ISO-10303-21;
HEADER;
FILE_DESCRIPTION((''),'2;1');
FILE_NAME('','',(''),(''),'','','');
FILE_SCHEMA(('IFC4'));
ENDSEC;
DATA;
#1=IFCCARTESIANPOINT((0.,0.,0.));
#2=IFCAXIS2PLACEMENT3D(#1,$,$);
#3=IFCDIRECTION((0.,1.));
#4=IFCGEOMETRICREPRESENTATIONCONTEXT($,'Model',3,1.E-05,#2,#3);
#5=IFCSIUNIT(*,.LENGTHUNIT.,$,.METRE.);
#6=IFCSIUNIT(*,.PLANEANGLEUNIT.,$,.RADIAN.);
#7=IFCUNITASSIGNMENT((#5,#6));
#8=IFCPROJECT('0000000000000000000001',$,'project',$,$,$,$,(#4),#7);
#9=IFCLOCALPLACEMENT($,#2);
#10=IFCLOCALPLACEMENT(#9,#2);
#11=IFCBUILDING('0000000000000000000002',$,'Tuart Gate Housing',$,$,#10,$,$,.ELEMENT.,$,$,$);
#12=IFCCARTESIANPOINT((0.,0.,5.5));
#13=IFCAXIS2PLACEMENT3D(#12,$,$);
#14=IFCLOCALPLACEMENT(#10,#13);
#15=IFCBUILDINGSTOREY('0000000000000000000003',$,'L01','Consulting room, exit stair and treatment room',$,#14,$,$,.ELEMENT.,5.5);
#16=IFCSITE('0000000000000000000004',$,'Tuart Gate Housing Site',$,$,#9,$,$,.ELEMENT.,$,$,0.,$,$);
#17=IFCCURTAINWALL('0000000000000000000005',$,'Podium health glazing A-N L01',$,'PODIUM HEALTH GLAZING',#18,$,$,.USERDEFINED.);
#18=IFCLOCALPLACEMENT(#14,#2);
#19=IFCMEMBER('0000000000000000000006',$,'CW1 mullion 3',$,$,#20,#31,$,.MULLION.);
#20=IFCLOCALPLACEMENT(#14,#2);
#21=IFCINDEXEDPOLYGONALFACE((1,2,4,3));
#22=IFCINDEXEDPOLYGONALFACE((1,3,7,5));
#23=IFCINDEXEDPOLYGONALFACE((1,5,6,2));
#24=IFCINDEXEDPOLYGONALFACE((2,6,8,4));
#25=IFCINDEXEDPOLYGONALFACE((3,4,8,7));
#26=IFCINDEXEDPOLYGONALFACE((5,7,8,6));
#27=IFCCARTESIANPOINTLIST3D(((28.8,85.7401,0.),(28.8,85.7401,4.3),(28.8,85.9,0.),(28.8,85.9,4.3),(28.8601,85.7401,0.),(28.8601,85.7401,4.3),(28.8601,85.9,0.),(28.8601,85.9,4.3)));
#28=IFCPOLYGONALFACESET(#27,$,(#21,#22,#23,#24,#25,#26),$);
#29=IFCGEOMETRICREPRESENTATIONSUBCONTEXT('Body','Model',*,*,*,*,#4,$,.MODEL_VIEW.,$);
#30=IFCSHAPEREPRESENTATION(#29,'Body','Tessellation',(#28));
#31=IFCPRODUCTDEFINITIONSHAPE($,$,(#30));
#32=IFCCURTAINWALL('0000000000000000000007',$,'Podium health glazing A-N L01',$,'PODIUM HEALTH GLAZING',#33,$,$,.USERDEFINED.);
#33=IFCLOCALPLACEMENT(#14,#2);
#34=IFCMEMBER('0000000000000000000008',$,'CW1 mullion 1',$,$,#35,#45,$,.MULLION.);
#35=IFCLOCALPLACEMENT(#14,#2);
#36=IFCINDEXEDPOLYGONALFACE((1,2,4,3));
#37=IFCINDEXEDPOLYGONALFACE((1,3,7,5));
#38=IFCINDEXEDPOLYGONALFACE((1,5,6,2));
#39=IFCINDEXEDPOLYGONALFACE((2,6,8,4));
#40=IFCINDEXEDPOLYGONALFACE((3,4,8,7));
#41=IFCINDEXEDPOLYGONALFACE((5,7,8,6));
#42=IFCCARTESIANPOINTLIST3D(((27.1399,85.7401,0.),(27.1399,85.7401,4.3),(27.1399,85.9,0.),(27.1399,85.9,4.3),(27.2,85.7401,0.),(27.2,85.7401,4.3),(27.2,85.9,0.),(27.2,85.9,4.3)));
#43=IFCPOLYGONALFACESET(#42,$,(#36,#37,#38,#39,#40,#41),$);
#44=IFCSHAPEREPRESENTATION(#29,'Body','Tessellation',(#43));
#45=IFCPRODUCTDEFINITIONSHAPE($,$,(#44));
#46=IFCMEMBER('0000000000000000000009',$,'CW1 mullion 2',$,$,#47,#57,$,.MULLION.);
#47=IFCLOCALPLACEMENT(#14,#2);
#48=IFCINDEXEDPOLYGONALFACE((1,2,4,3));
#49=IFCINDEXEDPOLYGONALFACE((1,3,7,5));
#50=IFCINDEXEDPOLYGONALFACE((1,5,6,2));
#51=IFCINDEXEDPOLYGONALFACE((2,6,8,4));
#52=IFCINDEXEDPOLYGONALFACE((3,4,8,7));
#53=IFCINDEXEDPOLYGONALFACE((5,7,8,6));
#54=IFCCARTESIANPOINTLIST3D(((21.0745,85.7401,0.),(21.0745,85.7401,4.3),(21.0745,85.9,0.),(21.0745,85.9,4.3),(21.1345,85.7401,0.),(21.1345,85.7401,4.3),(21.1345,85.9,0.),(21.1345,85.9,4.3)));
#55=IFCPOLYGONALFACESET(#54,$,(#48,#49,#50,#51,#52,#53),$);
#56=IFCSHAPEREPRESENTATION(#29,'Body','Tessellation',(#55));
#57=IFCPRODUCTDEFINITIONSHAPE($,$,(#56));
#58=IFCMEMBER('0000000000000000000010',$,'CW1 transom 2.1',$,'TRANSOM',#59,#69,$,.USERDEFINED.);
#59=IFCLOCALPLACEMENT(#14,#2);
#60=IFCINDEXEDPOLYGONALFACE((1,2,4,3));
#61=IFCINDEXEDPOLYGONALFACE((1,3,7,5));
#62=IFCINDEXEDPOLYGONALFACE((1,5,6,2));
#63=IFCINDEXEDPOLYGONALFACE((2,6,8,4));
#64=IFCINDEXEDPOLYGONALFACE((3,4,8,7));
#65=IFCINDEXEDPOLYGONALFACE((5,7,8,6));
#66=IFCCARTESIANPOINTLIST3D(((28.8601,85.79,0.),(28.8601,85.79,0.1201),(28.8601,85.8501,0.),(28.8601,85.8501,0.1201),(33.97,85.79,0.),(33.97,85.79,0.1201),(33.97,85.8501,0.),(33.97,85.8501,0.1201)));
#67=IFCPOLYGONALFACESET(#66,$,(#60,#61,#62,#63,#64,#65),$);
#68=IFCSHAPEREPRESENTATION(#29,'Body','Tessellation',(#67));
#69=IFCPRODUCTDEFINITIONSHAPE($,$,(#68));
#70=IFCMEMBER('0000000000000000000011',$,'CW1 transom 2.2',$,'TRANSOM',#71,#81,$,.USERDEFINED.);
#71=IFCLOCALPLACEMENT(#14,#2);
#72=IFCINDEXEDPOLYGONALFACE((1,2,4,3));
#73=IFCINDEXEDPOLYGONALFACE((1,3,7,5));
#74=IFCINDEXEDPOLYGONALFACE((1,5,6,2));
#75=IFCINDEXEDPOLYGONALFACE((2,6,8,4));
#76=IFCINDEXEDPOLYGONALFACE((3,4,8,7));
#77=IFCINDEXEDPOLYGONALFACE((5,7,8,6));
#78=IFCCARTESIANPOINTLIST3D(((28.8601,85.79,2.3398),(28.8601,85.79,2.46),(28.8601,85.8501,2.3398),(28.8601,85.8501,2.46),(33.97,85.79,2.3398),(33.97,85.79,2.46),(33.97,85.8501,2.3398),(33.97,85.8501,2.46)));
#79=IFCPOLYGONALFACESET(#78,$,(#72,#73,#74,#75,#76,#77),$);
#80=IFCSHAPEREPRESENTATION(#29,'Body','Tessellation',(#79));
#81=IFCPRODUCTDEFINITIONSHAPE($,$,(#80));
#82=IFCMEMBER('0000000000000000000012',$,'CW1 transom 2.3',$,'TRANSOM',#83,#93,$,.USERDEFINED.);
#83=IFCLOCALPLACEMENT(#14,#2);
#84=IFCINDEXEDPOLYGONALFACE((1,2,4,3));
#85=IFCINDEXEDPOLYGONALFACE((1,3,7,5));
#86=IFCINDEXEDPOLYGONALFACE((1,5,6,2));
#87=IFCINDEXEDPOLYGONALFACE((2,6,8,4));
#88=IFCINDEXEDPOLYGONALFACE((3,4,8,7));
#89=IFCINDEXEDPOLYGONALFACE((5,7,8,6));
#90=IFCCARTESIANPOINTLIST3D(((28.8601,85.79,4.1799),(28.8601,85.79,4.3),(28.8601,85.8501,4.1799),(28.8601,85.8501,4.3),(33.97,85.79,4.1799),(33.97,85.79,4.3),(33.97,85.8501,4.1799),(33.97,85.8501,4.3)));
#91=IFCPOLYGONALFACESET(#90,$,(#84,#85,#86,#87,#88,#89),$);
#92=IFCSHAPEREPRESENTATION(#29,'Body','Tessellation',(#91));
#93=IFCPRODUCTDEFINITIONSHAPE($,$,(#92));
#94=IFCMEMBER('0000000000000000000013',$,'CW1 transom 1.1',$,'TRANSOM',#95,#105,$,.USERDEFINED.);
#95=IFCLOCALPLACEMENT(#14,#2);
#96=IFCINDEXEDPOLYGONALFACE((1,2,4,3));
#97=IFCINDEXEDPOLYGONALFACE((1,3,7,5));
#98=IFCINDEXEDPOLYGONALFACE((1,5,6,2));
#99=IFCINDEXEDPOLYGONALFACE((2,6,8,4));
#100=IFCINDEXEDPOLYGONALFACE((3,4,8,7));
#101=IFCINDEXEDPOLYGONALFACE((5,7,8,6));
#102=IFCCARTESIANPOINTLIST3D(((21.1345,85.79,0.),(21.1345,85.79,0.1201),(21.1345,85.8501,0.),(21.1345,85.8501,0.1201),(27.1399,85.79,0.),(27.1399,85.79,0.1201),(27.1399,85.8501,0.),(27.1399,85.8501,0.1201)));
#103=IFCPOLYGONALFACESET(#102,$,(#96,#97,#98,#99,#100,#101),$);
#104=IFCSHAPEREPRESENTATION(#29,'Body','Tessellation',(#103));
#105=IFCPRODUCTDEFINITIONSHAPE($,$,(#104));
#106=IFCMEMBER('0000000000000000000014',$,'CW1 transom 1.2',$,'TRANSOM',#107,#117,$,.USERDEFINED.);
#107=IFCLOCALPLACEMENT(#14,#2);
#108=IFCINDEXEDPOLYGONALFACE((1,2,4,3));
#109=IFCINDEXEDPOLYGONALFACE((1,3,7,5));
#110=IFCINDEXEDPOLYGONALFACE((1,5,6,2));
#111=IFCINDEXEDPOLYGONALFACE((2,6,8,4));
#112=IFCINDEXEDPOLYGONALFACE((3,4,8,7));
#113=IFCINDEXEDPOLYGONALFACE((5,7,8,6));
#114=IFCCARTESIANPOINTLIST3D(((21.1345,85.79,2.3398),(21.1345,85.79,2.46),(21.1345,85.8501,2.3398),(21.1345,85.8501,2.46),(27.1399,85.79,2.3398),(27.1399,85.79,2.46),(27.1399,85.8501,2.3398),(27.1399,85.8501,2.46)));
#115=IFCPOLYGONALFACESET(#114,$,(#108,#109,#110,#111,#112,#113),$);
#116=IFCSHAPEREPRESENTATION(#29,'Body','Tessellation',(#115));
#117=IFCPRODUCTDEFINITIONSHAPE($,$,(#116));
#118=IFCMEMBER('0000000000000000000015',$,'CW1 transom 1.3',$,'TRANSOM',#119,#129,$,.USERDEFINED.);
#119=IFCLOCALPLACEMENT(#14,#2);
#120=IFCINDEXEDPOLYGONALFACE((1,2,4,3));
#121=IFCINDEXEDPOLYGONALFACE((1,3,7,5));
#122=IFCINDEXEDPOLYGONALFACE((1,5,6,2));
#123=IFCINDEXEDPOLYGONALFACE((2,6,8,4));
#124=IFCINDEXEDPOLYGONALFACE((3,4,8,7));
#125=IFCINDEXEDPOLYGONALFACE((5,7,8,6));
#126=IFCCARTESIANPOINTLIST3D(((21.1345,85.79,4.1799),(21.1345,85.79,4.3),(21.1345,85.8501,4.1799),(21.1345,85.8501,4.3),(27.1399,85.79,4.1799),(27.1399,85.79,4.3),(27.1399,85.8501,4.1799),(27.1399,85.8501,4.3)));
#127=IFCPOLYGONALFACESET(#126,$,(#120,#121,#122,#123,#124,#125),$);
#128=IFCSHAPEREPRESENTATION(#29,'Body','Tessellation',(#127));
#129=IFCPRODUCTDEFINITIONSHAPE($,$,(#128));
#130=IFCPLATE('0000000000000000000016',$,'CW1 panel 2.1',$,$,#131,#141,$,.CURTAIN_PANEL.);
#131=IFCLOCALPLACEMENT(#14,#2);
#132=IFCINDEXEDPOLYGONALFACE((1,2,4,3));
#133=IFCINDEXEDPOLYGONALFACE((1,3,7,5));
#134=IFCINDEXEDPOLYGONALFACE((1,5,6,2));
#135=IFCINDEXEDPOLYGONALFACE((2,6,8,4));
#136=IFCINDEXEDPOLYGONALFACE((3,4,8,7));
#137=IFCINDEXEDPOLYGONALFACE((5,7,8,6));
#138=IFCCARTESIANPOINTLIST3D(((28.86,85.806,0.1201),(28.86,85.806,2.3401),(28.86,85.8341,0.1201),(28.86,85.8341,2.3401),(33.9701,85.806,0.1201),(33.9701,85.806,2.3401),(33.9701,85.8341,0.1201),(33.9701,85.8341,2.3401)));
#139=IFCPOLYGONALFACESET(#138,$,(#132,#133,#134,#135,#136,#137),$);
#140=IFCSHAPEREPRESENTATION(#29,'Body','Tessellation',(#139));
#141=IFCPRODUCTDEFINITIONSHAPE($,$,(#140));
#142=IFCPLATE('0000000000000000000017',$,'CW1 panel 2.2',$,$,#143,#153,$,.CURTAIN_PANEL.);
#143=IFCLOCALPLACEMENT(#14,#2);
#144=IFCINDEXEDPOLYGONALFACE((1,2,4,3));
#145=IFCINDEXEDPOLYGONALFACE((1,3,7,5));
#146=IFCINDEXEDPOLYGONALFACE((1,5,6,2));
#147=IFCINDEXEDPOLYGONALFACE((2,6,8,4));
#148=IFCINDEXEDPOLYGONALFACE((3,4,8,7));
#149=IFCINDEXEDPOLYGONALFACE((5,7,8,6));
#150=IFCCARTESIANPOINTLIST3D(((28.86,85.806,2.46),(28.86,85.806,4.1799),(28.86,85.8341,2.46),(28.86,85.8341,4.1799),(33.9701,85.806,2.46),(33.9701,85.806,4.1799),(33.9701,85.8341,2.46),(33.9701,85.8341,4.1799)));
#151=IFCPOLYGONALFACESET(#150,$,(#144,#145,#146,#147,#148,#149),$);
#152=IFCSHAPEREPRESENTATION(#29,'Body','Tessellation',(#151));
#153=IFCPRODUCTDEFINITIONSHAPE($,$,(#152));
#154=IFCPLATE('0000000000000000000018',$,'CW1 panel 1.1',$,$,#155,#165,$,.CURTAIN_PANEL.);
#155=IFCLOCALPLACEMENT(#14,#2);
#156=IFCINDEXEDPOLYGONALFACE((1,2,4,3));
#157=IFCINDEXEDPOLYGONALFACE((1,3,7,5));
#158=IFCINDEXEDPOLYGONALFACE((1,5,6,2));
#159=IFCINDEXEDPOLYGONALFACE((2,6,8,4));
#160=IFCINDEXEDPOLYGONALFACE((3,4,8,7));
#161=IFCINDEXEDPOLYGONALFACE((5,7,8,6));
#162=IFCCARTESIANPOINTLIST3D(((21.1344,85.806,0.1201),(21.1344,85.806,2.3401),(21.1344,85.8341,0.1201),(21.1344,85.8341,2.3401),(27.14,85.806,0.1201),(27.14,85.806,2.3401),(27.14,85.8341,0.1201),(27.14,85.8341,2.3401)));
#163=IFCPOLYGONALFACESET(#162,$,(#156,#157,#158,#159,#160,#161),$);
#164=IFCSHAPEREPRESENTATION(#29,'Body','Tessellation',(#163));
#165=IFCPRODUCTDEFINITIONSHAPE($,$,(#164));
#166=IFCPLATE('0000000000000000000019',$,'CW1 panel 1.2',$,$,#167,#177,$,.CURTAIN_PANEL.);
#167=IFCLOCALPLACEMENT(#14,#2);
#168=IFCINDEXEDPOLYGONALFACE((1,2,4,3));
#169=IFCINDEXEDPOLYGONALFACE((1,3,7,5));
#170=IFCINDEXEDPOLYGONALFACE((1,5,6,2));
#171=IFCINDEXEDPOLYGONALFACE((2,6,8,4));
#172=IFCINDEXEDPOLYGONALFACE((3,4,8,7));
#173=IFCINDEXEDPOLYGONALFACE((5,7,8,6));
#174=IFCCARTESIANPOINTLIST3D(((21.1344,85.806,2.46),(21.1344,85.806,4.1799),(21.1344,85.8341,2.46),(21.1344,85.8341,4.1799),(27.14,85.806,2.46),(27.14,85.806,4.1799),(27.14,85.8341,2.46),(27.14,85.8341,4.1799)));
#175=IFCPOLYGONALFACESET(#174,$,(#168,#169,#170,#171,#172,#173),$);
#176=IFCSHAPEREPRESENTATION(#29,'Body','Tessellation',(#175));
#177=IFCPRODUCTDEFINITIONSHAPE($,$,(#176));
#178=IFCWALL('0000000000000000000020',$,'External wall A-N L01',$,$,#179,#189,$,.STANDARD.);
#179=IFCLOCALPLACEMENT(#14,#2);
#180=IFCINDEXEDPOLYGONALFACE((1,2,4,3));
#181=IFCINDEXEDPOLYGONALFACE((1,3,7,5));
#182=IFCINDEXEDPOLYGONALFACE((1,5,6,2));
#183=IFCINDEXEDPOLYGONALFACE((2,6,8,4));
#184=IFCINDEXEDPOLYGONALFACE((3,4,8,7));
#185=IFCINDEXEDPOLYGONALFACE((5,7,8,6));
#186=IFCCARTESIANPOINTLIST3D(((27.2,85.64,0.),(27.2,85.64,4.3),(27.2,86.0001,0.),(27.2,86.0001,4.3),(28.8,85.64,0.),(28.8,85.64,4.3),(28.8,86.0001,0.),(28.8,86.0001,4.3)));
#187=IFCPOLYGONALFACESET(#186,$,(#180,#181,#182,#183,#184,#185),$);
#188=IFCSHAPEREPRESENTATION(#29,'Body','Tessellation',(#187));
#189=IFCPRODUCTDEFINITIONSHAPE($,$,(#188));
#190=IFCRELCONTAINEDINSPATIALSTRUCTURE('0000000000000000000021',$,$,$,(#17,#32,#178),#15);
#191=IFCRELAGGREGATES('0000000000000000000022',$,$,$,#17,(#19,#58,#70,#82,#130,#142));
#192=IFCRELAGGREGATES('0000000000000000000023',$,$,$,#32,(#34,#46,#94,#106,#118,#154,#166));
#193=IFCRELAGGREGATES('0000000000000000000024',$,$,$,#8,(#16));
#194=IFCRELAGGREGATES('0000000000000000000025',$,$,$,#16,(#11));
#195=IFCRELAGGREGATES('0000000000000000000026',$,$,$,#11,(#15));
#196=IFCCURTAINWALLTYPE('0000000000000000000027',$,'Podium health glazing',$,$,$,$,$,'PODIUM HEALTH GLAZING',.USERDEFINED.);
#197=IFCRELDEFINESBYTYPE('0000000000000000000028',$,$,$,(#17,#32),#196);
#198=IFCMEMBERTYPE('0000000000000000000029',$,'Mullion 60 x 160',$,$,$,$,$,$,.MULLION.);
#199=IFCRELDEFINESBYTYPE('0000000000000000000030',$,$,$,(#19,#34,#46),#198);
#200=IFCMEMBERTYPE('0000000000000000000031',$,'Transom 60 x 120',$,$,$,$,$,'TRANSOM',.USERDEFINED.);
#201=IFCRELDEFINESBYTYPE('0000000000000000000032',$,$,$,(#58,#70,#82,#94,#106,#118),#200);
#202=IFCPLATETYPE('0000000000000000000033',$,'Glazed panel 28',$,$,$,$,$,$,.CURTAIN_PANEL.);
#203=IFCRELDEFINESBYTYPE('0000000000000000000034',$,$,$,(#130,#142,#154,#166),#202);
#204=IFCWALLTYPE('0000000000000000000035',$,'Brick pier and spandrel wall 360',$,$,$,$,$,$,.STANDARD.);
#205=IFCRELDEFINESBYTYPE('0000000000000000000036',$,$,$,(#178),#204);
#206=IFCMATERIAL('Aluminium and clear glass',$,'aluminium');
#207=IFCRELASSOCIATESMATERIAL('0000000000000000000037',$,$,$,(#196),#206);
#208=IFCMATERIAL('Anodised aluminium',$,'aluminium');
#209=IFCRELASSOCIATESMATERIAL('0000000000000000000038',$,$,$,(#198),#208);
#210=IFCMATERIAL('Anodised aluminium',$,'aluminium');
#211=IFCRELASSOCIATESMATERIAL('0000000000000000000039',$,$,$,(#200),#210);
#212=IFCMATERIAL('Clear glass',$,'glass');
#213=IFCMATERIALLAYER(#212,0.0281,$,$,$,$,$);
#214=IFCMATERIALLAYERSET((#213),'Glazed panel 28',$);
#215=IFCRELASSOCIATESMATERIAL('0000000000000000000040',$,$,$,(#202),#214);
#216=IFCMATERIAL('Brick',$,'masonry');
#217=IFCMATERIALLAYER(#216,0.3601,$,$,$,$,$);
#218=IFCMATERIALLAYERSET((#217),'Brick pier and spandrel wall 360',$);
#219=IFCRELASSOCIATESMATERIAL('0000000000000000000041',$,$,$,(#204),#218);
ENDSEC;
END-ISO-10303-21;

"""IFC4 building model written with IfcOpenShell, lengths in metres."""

from ifc_helpers import new_model, si_unit, direction, frame, frame_2d, origin, origin_2d, place, context, subcontext, project, spatial, rectangle, extrude, material, layer, layer_set, material_profile, profile_set, type_object, element, aggregate, save


model = new_model("IFC4")

# Units and contexts
model_context = context("Model", 3, precision=1e-05, world=origin(), true_north=direction((0.0, 1.0)))
body_context = subcontext(model_context, "Body", "Model", "MODEL_VIEW")
ifc_project = project(units=[si_unit("LENGTHUNIT", "METRE"), si_unit("PLANEANGLEUNIT", "RADIAN")], contexts=[model_context])

# Site, building, storey
site_placement = place(None, origin())
site = spatial("IfcSite", under=ifc_project, at=site_placement, Name="Tuart Gate Housing Site", CompositionType="ELEMENT", RefElevation=0.0)
building_placement = place(site_placement, origin())
building = spatial("IfcBuilding", under=site, at=building_placement, Name="Tuart Gate Housing", CompositionType="ELEMENT")
storey_placement = place(building_placement, frame((0.0, 0.0, 5.5)))
storey = spatial("IfcBuildingStorey", under=building, at=storey_placement, Name="L01", Description="Consulting room, exit stair and treatment room", CompositionType="ELEMENT", Elevation=5.5)

# Curtain wall, member
ifc_material_1 = material(Name="Aluminium and clear glass", Category="aluminium")
curtain_wall_type = type_object("IfcCurtainWallType", Name="Podium health glazing", ElementType="PODIUM HEALTH GLAZING", PredefinedType="USERDEFINED", material=ifc_material_1)
curtain_wall_1_placement = place(storey_placement, origin())
curtain_wall_1 = element("IfcCurtainWall", 1, at=curtain_wall_1_placement, inside=storey, type_object=curtain_wall_type, Name="Podium health glazing A-N L01", ObjectType="PODIUM HEALTH GLAZING", PredefinedType="USERDEFINED")
ifc_material_2 = material(Name="Anodised aluminium", Category="aluminium")
ifc_material_profile_1 = material_profile(ifc_material_2, rectangle(XDim=0.0601, YDim=0.1599, at=origin_2d()), Name="60x160")
ifc_profile_set_1 = profile_set([ifc_material_profile_1], Name="Anodised aluminium")
member_type_1 = type_object("IfcMemberType", Name="Mullion 60 x 160", PredefinedType="MULLION", material=ifc_profile_set_1)
member_1_placement = place(storey_placement, frame((28.8301, 85.8201, 0.0), z_axis=(0.0, 0.0, 1.0), x_axis=(-1.0, 0.0, 0.0)))
member_1 = element("IfcMember", 2, at=member_1_placement, type_object=member_type_1, Name="CW1 mullion 3", PredefinedType="MULLION", context=body_context, shape_type="SweptSolid", body=[
    extrude(rectangle(XDim=0.0601, YDim=0.1599, at=origin_2d()), origin(), (0.0, 0.0, 1.0), 4.3),
])

# Curtain wall, members
curtain_wall_2_placement = place(storey_placement, origin())
curtain_wall_2 = element("IfcCurtainWall", 3, at=curtain_wall_2_placement, inside=storey, type_object=curtain_wall_type, Name="Podium health glazing A-N L01", ObjectType="PODIUM HEALTH GLAZING", PredefinedType="USERDEFINED")
member_2_placement = place(storey_placement, frame((27.1699, 85.8201, 0.0), z_axis=(0.0, 0.0, 1.0), x_axis=(-1.0, 0.0, 0.0)))
member_2 = element("IfcMember", 4, at=member_2_placement, type_object=member_type_1, Name="CW1 mullion 1", PredefinedType="MULLION", context=body_context, shape_type="SweptSolid", body=[
    extrude(rectangle(XDim=0.0601, YDim=0.1599, at=origin_2d()), origin(), (0.0, 0.0, 1.0), 4.3),
])
member_3_placement = place(storey_placement, frame((21.1045, 85.8201, 0.0), z_axis=(0.0, 0.0, 1.0), x_axis=(-1.0, 0.0, 0.0)))
member_3 = element("IfcMember", 5, at=member_3_placement, type_object=member_type_1, Name="CW1 mullion 2", PredefinedType="MULLION", context=body_context, shape_type="SweptSolid", body=[
    extrude(rectangle(XDim=0.0601, YDim=0.1599, at=origin_2d()), origin(), (0.0, 0.0, 1.0), 4.3),
])

# Members
ifc_material_3 = material(Name="Anodised aluminium", Category="aluminium")
ifc_material_profile_2 = material_profile(ifc_material_3, rectangle(XDim=0.0601, YDim=0.1201, at=origin_2d()), Name="60x120")
ifc_profile_set_2 = profile_set([ifc_material_profile_2], Name="Anodised aluminium")
member_type_2 = type_object("IfcMemberType", Name="Transom 60 x 120", ElementType="TRANSOM", PredefinedType="USERDEFINED", material=ifc_profile_set_2)
member_4_placement = place(storey_placement, frame((33.97, 85.8201, 0.0601), z_axis=(-1.0, 0.0, 0.0), x_axis=(0.0, -1.0, 0.0)))
member_4 = element("IfcMember", 6, at=member_4_placement, type_object=member_type_2, Name="CW1 transom 2.1", ObjectType="TRANSOM", PredefinedType="USERDEFINED", context=body_context, shape_type="SweptSolid", body=[
    extrude(rectangle(XDim=0.0601, YDim=0.1201, at=origin_2d()), origin(), (0.0, 0.0, 1.0), 5.1099),
])
member_5_placement = place(storey_placement, frame((33.97, 85.8201, 2.3999), z_axis=(-1.0, 0.0, 0.0), x_axis=(0.0, -1.0, 0.0)))
member_5 = element("IfcMember", 7, at=member_5_placement, type_object=member_type_2, Name="CW1 transom 2.2", ObjectType="TRANSOM", PredefinedType="USERDEFINED", context=body_context, shape_type="SweptSolid", body=[
    extrude(rectangle(XDim=0.0601, YDim=0.1201, at=origin_2d()), origin(), (0.0, 0.0, 1.0), 5.1099),
])
member_6_placement = place(storey_placement, frame((33.97, 85.8201, 4.24), z_axis=(-1.0, 0.0, 0.0), x_axis=(0.0, -1.0, 0.0)))
member_6 = element("IfcMember", 8, at=member_6_placement, type_object=member_type_2, Name="CW1 transom 2.3", ObjectType="TRANSOM", PredefinedType="USERDEFINED", context=body_context, shape_type="SweptSolid", body=[
    extrude(rectangle(XDim=0.0601, YDim=0.1201, at=origin_2d()), origin(), (0.0, 0.0, 1.0), 5.1099),
])
member_7_placement = place(storey_placement, frame((27.1399, 85.8201, 0.0601), z_axis=(-1.0, 0.0, 0.0), x_axis=(0.0, -1.0, 0.0)))
member_7 = element("IfcMember", 9, at=member_7_placement, type_object=member_type_2, Name="CW1 transom 1.1", ObjectType="TRANSOM", PredefinedType="USERDEFINED", context=body_context, shape_type="SweptSolid", body=[
    extrude(rectangle(XDim=0.0601, YDim=0.1201, at=origin_2d()), origin(), (0.0, 0.0, 1.0), 6.0054),
])
member_8_placement = place(storey_placement, frame((27.1399, 85.8201, 2.3999), z_axis=(-1.0, 0.0, 0.0), x_axis=(0.0, -1.0, 0.0)))
member_8 = element("IfcMember", 10, at=member_8_placement, type_object=member_type_2, Name="CW1 transom 1.2", ObjectType="TRANSOM", PredefinedType="USERDEFINED", context=body_context, shape_type="SweptSolid", body=[
    extrude(rectangle(XDim=0.0601, YDim=0.1201, at=origin_2d()), origin(), (0.0, 0.0, 1.0), 6.0054),
])
member_9_placement = place(storey_placement, frame((27.1399, 85.8201, 4.24), z_axis=(-1.0, 0.0, 0.0), x_axis=(0.0, -1.0, 0.0)))
member_9 = element("IfcMember", 11, at=member_9_placement, type_object=member_type_2, Name="CW1 transom 1.3", ObjectType="TRANSOM", PredefinedType="USERDEFINED", context=body_context, shape_type="SweptSolid", body=[
    extrude(rectangle(XDim=0.0601, YDim=0.1201, at=origin_2d()), origin(), (0.0, 0.0, 1.0), 6.0054),
])

# Plates
ifc_material_4 = material(Name="Clear glass", Category="glass")
ifc_layer_1 = layer(ifc_material_4, 0.0281)
ifc_layer_set_1 = layer_set([ifc_layer_1], Name="Glazed panel 28")
plate_type = type_object("IfcPlateType", Name="Glazed panel 28", PredefinedType="CURTAIN_PANEL", material=ifc_layer_set_1)
plate_1_placement = place(storey_placement, frame((31.415, 85.8201, 0.1201), z_axis=(0.0, 0.0, 1.0), x_axis=(-1.0, 0.0, 0.0)))
plate_1 = element("IfcPlate", 12, at=plate_1_placement, type_object=plate_type, Name="CW1 panel 2.1", PredefinedType="CURTAIN_PANEL", context=body_context, shape_type="SweptSolid", body=[
    extrude(rectangle(XDim=5.1101, YDim=0.0281, at=origin_2d()), origin(), (0.0, 0.0, 1.0), 2.22),
])
plate_2_placement = place(storey_placement, frame((31.415, 85.8201, 2.46), z_axis=(0.0, 0.0, 1.0), x_axis=(-1.0, 0.0, 0.0)))
plate_2 = element("IfcPlate", 13, at=plate_2_placement, type_object=plate_type, Name="CW1 panel 2.2", PredefinedType="CURTAIN_PANEL", context=body_context, shape_type="SweptSolid", body=[
    extrude(rectangle(XDim=5.1101, YDim=0.0281, at=origin_2d()), origin(), (0.0, 0.0, 1.0), 1.72),
])
aggregate(curtain_wall_1, [member_1, member_4, member_5, member_6, plate_1, plate_2])
plate_3_placement = place(storey_placement, frame((24.1372, 85.8201, 0.1201), z_axis=(0.0, 0.0, 1.0), x_axis=(-1.0, 0.0, 0.0)))
plate_3 = element("IfcPlate", 14, at=plate_3_placement, type_object=plate_type, Name="CW1 panel 1.1", PredefinedType="CURTAIN_PANEL", context=body_context, shape_type="SweptSolid", body=[
    extrude(rectangle(XDim=6.0056, YDim=0.0281, at=origin_2d()), origin(), (0.0, 0.0, 1.0), 2.22),
])
plate_4_placement = place(storey_placement, frame((24.1372, 85.8201, 2.46), z_axis=(0.0, 0.0, 1.0), x_axis=(-1.0, 0.0, 0.0)))
plate_4 = element("IfcPlate", 15, at=plate_4_placement, type_object=plate_type, Name="CW1 panel 1.2", PredefinedType="CURTAIN_PANEL", context=body_context, shape_type="SweptSolid", body=[
    extrude(rectangle(XDim=6.0056, YDim=0.0281, at=origin_2d()), origin(), (0.0, 0.0, 1.0), 1.72),
])
aggregate(curtain_wall_2, [member_2, member_3, member_7, member_8, member_9, plate_3, plate_4])

# Wall
ifc_material_5 = material(Name="Brick", Category="masonry")
ifc_layer_2 = layer(ifc_material_5, 0.3601)
ifc_layer_set_2 = layer_set([ifc_layer_2], Name="Brick pier and spandrel wall 360")
wall_type = type_object("IfcWallType", Name="Brick pier and spandrel wall 360", PredefinedType="STANDARD", material=ifc_layer_set_2)
wall_placement = place(storey_placement, frame((28.8, 85.8201, 0.0), z_axis=(0.0, 0.0, 1.0), x_axis=(-1.0, 0.0, 0.0)))
element("IfcWall", 16, at=wall_placement, inside=storey, type_object=wall_type, Name="External wall A-N L01", PredefinedType="STANDARD", context=body_context, shape_type="SweptSolid", body=[
    extrude(rectangle(XDim=1.6001, YDim=0.3601, at=frame_2d((0.8, 0.0))), origin(), (0.0, 0.0, 1.0), 4.3),
])

save(model, "model.ifc")
